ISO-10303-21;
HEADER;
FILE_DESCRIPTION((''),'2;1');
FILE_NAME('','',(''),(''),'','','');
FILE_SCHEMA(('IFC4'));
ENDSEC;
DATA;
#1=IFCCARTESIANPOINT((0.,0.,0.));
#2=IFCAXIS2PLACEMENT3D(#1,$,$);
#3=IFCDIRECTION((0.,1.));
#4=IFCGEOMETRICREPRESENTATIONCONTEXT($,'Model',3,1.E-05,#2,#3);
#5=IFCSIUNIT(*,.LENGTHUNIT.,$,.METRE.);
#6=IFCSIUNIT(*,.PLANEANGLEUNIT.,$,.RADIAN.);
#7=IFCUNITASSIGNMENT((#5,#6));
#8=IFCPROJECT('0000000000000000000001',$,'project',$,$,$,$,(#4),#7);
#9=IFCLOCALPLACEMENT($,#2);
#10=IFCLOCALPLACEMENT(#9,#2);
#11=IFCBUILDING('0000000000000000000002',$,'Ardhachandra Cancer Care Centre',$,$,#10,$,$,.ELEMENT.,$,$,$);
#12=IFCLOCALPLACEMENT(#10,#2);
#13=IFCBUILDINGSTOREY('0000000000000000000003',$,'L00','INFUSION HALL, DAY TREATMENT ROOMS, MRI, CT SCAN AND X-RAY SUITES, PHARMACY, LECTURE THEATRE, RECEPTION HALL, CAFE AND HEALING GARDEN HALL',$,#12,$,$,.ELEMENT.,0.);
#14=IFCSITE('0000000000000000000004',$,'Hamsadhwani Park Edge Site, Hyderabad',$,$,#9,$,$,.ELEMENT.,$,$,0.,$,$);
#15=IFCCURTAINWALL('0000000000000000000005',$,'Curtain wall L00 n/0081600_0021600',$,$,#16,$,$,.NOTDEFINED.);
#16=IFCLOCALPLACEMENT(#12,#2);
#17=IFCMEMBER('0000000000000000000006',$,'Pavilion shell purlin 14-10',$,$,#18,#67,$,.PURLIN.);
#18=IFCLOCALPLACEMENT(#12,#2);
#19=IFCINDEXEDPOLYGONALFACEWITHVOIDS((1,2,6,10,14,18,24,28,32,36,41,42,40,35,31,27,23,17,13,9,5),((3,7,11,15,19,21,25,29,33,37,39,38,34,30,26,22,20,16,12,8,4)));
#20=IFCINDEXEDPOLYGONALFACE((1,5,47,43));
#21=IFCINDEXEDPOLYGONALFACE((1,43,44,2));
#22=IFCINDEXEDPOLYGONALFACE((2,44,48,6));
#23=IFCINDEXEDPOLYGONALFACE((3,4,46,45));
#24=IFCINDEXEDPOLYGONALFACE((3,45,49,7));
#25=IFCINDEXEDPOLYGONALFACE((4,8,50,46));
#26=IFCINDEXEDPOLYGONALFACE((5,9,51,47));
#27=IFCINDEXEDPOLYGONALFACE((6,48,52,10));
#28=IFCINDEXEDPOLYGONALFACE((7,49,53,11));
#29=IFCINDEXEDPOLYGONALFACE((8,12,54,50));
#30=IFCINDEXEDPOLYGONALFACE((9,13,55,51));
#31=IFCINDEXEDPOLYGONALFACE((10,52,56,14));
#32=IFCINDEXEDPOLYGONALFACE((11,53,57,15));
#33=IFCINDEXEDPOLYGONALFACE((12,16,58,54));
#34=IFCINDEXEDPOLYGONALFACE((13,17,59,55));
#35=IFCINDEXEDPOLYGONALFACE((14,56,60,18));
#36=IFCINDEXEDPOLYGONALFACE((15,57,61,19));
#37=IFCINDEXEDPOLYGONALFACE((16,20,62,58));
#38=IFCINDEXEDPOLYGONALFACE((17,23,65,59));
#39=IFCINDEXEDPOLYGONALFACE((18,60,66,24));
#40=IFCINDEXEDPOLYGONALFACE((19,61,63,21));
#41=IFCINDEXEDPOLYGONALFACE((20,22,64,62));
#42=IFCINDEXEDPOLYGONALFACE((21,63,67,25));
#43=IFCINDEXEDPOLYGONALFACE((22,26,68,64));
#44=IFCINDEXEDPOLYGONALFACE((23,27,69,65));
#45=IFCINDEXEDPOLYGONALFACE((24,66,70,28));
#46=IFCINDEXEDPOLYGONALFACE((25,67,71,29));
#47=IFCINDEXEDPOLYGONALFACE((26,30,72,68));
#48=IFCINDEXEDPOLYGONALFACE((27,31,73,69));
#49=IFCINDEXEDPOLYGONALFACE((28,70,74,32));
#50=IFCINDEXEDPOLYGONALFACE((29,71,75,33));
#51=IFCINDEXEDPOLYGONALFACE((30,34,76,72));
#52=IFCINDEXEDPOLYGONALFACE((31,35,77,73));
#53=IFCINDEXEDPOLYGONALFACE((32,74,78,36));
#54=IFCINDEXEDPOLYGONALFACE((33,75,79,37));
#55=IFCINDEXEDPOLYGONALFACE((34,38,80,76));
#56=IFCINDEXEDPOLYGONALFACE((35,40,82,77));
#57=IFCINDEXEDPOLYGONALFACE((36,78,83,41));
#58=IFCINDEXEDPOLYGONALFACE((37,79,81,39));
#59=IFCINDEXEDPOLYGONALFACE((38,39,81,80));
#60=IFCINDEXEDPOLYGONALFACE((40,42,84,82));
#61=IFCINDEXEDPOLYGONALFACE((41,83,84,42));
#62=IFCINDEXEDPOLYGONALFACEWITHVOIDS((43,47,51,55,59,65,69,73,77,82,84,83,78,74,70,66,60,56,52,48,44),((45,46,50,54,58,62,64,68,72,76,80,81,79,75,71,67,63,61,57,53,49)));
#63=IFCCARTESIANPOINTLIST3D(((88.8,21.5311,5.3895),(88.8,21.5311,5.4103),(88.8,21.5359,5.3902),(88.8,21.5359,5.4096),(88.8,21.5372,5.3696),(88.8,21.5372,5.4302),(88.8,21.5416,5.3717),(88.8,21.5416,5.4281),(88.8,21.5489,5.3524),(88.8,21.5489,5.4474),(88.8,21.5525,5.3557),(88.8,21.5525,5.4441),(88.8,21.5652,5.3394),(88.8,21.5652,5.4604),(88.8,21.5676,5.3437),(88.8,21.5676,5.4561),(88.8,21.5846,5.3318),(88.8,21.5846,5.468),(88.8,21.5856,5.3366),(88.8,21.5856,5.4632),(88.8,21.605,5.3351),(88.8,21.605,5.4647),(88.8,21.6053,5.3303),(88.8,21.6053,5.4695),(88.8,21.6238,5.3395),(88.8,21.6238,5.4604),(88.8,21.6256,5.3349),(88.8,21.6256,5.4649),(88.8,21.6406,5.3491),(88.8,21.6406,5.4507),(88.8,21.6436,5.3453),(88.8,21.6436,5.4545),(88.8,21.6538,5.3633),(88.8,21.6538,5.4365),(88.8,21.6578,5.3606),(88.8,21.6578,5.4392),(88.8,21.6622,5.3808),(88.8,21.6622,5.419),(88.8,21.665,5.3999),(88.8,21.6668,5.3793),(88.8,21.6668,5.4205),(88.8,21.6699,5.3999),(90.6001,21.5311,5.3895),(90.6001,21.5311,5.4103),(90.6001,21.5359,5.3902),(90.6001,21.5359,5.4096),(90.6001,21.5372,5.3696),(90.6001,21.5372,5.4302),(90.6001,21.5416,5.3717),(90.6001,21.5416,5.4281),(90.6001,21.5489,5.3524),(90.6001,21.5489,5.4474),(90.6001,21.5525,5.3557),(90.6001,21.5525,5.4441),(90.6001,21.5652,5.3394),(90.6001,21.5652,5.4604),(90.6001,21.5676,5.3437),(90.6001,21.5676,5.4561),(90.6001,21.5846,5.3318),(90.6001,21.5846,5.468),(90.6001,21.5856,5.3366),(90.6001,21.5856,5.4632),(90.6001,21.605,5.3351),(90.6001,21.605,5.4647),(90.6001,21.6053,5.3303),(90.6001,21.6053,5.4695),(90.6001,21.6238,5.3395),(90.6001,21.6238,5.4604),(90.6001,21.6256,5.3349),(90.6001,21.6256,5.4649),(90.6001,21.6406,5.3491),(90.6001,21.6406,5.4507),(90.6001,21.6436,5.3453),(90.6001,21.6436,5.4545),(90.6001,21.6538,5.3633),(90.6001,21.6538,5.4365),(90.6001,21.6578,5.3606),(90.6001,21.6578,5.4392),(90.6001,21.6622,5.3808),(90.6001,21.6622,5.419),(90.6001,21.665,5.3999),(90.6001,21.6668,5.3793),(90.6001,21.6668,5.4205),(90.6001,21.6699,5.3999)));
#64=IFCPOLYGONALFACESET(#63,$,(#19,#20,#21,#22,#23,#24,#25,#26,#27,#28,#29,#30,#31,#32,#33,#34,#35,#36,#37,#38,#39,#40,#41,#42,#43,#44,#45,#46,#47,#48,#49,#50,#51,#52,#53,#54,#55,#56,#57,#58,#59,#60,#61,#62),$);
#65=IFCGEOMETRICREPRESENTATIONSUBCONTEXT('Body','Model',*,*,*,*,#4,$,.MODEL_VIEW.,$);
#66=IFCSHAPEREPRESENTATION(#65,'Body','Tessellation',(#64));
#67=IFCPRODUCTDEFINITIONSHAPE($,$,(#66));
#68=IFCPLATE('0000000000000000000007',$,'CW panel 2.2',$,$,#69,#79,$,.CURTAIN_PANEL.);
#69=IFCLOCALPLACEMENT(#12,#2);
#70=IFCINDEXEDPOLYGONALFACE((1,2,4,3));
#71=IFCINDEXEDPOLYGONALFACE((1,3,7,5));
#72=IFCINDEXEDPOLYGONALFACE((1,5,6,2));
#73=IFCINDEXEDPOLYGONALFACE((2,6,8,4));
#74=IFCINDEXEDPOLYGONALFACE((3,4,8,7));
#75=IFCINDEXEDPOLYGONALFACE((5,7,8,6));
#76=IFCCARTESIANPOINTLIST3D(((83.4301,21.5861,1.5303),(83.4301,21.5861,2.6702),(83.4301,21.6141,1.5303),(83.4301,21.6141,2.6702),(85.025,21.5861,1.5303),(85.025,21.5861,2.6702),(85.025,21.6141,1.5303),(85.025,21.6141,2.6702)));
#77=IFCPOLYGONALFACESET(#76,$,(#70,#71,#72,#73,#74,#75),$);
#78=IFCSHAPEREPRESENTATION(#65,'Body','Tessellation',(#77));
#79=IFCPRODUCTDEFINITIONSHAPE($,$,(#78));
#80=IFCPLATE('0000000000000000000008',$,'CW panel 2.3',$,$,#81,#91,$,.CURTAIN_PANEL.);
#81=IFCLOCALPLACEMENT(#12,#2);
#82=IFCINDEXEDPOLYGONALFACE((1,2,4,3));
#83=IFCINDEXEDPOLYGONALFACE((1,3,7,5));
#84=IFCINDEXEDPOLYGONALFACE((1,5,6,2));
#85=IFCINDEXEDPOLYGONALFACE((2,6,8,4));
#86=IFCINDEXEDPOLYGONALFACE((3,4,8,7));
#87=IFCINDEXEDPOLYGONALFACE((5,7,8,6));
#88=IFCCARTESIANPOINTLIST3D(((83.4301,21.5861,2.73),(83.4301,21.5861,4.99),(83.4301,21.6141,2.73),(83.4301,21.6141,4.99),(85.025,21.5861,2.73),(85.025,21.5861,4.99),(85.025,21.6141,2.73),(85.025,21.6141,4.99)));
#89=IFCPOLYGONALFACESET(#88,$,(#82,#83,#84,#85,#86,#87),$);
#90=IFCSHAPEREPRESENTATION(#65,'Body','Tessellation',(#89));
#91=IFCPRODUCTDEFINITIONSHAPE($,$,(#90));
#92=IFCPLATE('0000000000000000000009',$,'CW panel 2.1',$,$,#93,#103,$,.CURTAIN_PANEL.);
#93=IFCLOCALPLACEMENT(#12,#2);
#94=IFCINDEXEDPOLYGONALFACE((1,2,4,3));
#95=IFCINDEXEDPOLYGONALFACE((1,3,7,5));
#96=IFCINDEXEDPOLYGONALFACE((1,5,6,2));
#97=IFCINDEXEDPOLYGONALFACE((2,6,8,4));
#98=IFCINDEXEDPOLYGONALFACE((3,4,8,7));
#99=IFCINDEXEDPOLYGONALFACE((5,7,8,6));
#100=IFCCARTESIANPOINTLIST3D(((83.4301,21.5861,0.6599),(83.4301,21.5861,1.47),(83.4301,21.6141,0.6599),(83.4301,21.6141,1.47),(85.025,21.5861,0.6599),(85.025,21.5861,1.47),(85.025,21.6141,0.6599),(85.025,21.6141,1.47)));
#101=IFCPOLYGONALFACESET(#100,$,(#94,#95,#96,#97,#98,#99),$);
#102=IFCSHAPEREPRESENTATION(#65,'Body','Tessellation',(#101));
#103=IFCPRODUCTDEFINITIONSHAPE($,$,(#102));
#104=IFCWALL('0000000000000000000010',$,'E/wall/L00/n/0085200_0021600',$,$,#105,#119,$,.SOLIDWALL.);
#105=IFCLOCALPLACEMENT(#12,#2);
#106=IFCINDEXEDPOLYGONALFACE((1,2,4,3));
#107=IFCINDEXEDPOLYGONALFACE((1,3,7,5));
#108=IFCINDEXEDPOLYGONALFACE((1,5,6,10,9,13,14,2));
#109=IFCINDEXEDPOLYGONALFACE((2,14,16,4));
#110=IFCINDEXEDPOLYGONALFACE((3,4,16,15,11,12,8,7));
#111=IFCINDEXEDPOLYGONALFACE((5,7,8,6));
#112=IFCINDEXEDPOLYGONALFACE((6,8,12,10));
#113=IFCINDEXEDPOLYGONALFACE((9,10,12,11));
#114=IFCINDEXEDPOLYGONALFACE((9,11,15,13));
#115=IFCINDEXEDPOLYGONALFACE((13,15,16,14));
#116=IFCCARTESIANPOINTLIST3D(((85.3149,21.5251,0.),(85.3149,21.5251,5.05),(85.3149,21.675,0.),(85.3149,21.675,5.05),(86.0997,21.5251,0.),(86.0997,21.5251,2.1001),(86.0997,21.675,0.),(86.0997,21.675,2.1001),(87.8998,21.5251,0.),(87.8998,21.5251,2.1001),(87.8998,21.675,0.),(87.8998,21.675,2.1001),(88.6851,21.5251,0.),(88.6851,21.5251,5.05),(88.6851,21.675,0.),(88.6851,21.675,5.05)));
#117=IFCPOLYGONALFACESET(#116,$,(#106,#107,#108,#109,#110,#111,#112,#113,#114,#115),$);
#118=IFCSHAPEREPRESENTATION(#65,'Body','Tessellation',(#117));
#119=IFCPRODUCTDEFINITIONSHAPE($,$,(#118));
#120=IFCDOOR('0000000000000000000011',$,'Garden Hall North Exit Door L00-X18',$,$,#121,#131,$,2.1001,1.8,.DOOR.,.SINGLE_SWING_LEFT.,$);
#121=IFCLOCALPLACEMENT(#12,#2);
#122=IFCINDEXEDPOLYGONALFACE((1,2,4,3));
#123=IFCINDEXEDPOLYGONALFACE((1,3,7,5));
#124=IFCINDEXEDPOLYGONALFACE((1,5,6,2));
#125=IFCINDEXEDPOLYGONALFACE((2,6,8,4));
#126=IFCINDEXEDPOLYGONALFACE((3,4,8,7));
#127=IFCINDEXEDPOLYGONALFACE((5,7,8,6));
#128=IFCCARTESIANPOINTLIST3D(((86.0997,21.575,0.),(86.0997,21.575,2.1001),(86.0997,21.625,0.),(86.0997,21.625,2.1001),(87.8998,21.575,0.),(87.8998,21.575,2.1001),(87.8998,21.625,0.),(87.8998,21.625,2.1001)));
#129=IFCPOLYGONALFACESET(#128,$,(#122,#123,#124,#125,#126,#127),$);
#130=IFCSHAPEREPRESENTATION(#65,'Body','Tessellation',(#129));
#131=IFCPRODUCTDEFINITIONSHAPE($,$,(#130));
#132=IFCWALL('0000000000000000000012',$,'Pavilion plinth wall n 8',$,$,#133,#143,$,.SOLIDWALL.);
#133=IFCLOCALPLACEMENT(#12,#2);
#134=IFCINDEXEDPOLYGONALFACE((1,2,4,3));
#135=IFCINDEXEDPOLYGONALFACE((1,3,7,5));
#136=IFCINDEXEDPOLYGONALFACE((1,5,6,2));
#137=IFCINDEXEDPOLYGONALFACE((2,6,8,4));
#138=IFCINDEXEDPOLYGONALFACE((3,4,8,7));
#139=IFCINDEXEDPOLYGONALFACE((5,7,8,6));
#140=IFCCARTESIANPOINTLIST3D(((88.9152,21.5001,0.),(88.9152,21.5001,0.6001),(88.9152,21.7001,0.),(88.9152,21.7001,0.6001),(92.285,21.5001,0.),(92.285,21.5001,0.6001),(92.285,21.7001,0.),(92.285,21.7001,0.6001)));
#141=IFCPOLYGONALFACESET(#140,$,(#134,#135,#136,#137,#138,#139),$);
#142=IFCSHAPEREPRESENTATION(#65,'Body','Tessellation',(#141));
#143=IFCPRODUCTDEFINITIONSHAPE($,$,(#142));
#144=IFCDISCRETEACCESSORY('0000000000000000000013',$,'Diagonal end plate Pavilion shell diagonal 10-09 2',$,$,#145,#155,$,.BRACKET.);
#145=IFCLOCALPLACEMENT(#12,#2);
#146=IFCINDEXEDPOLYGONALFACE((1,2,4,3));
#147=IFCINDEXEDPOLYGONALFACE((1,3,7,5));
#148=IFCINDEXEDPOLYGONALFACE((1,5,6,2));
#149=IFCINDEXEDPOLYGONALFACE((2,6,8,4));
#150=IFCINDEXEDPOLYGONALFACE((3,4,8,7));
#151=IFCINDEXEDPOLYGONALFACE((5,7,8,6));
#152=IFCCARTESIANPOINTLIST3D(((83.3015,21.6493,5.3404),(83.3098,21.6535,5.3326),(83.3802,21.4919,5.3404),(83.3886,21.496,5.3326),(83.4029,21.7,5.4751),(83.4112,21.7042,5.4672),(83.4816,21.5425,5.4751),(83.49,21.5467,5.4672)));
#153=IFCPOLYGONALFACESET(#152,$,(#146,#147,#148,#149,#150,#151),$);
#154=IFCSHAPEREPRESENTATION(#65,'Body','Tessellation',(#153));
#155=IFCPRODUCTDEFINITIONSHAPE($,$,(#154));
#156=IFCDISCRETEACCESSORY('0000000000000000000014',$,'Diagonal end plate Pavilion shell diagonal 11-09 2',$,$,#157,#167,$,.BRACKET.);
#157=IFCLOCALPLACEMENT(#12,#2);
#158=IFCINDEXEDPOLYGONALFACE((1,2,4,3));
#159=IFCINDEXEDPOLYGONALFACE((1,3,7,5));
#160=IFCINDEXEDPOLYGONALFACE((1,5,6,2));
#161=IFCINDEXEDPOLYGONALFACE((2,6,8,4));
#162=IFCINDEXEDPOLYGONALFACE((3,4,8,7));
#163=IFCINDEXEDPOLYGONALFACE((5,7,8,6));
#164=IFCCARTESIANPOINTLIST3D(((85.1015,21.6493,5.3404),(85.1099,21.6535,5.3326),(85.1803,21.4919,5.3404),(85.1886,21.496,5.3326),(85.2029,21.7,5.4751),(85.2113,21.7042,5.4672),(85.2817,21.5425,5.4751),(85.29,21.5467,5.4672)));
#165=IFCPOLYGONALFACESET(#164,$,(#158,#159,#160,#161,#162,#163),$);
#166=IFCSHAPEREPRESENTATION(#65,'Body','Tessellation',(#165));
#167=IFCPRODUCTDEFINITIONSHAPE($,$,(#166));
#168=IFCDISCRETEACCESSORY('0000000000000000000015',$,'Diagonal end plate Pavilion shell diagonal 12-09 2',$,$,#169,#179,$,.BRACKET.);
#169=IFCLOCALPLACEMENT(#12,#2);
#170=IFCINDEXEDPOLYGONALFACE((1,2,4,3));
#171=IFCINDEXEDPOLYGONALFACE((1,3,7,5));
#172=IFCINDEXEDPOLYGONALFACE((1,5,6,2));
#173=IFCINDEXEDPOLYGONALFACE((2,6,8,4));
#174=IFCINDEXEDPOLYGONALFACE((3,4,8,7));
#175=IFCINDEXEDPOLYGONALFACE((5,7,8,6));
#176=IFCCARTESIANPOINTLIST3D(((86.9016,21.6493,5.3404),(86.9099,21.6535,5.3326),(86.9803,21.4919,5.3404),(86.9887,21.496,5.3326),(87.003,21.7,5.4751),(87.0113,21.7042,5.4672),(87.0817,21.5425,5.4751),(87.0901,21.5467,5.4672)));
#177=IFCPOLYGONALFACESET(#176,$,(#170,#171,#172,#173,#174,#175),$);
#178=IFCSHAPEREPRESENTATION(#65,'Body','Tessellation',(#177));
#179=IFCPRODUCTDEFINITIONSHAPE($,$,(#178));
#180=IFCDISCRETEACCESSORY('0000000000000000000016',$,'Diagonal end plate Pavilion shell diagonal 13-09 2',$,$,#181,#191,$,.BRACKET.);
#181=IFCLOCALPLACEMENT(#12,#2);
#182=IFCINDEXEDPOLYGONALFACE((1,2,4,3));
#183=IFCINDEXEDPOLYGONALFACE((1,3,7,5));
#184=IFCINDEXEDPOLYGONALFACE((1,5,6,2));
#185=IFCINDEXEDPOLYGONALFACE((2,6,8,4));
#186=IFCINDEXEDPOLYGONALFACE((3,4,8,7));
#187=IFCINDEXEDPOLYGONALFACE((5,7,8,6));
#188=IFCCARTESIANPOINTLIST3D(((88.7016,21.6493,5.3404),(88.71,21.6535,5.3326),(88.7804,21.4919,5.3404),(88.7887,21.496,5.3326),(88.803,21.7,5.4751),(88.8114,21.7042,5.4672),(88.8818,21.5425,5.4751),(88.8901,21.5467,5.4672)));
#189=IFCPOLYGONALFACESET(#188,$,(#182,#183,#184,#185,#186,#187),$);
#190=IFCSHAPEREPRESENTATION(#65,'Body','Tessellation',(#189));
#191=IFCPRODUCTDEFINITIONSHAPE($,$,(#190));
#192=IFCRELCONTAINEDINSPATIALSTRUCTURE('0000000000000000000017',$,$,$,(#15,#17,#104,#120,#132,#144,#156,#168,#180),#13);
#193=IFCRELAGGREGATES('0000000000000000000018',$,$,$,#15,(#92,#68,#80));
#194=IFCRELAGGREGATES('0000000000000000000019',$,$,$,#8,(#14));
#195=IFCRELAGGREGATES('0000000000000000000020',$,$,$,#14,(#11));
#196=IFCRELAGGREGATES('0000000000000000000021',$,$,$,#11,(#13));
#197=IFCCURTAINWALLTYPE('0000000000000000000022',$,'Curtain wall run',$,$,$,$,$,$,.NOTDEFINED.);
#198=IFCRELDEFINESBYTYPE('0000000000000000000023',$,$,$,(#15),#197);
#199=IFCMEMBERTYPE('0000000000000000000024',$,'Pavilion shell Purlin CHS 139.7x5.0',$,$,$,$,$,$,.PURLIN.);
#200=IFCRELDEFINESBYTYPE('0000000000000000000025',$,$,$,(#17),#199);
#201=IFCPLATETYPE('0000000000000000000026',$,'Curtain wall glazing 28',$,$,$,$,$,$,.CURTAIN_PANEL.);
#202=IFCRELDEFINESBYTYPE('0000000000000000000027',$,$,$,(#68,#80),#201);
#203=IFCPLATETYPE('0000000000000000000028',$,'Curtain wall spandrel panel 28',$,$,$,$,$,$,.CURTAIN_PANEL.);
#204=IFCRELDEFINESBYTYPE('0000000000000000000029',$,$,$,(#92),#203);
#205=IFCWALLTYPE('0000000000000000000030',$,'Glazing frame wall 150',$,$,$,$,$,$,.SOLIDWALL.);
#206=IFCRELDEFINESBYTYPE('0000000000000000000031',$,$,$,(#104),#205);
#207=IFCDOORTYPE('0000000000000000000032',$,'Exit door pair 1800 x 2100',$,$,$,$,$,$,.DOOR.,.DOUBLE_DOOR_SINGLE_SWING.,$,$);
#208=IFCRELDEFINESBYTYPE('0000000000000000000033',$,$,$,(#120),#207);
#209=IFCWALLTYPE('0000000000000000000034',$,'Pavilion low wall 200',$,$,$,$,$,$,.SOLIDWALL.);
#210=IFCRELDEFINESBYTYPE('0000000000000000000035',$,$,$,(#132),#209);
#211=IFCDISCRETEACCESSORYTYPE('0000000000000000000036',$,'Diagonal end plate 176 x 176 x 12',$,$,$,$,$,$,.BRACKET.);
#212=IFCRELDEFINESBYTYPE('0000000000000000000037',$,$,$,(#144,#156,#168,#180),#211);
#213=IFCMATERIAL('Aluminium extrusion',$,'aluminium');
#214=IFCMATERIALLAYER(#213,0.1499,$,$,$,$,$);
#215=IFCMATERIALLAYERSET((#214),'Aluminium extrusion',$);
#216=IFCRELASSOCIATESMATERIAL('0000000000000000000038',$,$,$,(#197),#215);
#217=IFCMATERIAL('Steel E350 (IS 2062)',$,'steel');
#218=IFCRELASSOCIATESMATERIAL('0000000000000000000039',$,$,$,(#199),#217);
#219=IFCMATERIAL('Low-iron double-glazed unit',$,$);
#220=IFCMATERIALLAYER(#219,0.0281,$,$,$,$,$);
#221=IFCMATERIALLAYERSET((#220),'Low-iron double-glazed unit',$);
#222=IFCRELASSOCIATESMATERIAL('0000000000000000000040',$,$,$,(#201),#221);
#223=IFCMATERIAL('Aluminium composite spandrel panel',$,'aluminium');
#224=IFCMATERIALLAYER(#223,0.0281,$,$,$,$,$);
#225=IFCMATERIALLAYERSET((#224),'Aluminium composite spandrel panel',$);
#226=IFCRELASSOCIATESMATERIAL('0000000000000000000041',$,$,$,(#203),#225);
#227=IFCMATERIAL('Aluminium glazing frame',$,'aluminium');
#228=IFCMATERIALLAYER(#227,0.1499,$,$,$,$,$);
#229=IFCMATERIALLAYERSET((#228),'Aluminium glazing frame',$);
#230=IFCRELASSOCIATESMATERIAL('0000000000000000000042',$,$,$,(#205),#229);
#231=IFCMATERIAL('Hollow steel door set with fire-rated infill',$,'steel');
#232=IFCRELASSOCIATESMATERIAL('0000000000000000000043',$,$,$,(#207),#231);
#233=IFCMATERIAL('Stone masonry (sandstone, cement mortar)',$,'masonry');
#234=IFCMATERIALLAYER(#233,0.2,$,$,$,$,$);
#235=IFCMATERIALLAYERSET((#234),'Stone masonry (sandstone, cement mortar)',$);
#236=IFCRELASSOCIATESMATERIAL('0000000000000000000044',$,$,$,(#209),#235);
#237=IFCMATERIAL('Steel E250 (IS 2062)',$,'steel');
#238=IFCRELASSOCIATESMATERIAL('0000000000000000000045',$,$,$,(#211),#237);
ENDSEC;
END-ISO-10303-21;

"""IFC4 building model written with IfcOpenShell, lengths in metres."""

from ifc_helpers import new_model, si_unit, direction, frame, frame_2d, origin, origin_2d, place, context, subcontext, project, spatial, rectangle, hollow_circle, extrude, material, layer, layer_set, material_profile, profile_set, type_object, element, fill, aggregate, save


model = new_model("IFC4")

# Units and contexts
model_context = context("Model", 3, precision=1e-05, world=origin(), true_north=direction((0.0, 1.0)))
body_context = subcontext(model_context, "Body", "Model", "MODEL_VIEW")
ifc_project = project(units=[si_unit("LENGTHUNIT", "METRE"), si_unit("PLANEANGLEUNIT", "RADIAN")], contexts=[model_context])

# Site, building, storey
site_placement = place(None, origin())
site = spatial("IfcSite", under=ifc_project, at=site_placement, Name="Hamsadhwani Park Edge Site, Hyderabad", CompositionType="ELEMENT", RefElevation=0.0)
building_placement = place(site_placement, origin())
building = spatial("IfcBuilding", under=site, at=building_placement, Name="Ardhachandra Cancer Care Centre", CompositionType="ELEMENT")
storey_placement = place(building_placement, origin())
storey = spatial("IfcBuildingStorey", under=building, at=storey_placement, Name="L00", Description="INFUSION HALL, DAY TREATMENT ROOMS, MRI, CT SCAN AND X-RAY SUITES, PHARMACY, LECTURE THEATRE, RECEPTION HALL, CAFE AND HEALING GARDEN HALL", CompositionType="ELEMENT", Elevation=0.0)

# Curtain wall
ifc_material_1 = material(Name="Aluminium extrusion", Category="aluminium")
ifc_layer_1 = layer(ifc_material_1, 0.1499)
ifc_layer_set_1 = layer_set([ifc_layer_1], Name="Aluminium extrusion")
curtain_wall_type = type_object("IfcCurtainWallType", Name="Curtain wall run", PredefinedType="NOTDEFINED", material=ifc_layer_set_1)
curtain_wall_1_placement = place(storey_placement, origin())
curtain_wall_1 = element("IfcCurtainWall", 1, at=curtain_wall_1_placement, inside=storey, type_object=curtain_wall_type, Name="Curtain wall L00 n/0081600_0021600", PredefinedType="NOTDEFINED")

# Member
ifc_material_2 = material(Name="Steel E350 (IS 2062)", Category="steel")
ifc_material_profile_1 = material_profile(ifc_material_2, hollow_circle(Radius=0.0698, WallThickness=0.0049, at=origin_2d()), Name="CHS 139.7x5.0")
ifc_profile_set_1 = profile_set([ifc_material_profile_1], Name="Steel E350 (IS 2062)")
member_type_1 = type_object("IfcMemberType", Name="Pavilion shell Purlin CHS 139.7x5.0", PredefinedType="PURLIN", material=ifc_profile_set_1)
for number, where, z_axis, x_axis, name in (
    (2, (88.8, 21.6001, 5.3999), (1.0, 0.0, 0.0), (0.0, 1.0, 0.0), "Pavilion shell purlin 14-10"),
):
    element("IfcMember", number, at=place(storey_placement, frame(where, z_axis=z_axis, x_axis=x_axis)), inside=storey, type_object=member_type_1, Name=name, PredefinedType="PURLIN", context=body_context, shape_type="SweptSolid", body=[
        extrude(hollow_circle(Radius=0.0698, WallThickness=0.0049, at=origin_2d()), origin(), (0.0, 0.0, 1.0), 1.8),
    ])

# Plates
ifc_material_3 = material(Name="Low-iron double-glazed unit")
ifc_layer_2 = layer(ifc_material_3, 0.0281)
ifc_layer_set_2 = layer_set([ifc_layer_2], Name="Low-iron double-glazed unit")
plate_type_1 = type_object("IfcPlateType", Name="Curtain wall glazing 28", PredefinedType="CURTAIN_PANEL", material=ifc_layer_set_2)
plate_1_placement = place(storey_placement, frame((84.2275, 21.6001, 1.5303), z_axis=(0.0, 0.0, 1.0), x_axis=(1.0, 0.0, 0.0)))
plate_1 = element("IfcPlate", 3, at=plate_1_placement, type_object=plate_type_1, Name="CW panel 2.2", PredefinedType="CURTAIN_PANEL", context=body_context, shape_type="SweptSolid", body=[
    extrude(rectangle(XDim=1.595, YDim=0.0281, at=origin_2d()), origin(), (0.0, 0.0, 1.0), 1.1399),
])
plate_2_placement = place(storey_placement, frame((84.2275, 21.6001, 2.73), z_axis=(0.0, 0.0, 1.0), x_axis=(1.0, 0.0, 0.0)))
plate_2 = element("IfcPlate", 4, at=plate_2_placement, type_object=plate_type_1, Name="CW panel 2.3", PredefinedType="CURTAIN_PANEL", context=body_context, shape_type="SweptSolid", body=[
    extrude(rectangle(XDim=1.595, YDim=0.0281, at=origin_2d()), origin(), (0.0, 0.0, 1.0), 2.26),
])
ifc_material_4 = material(Name="Aluminium composite spandrel panel", Category="aluminium")
ifc_layer_3 = layer(ifc_material_4, 0.0281)
ifc_layer_set_3 = layer_set([ifc_layer_3], Name="Aluminium composite spandrel panel")
plate_type_2 = type_object("IfcPlateType", Name="Curtain wall spandrel panel 28", PredefinedType="CURTAIN_PANEL", material=ifc_layer_set_3)
plate_3_placement = place(storey_placement, frame((84.2275, 21.6001, 0.6599), z_axis=(0.0, 0.0, 1.0), x_axis=(1.0, 0.0, 0.0)))
plate_3 = element("IfcPlate", 5, at=plate_3_placement, type_object=plate_type_2, Name="CW panel 2.1", PredefinedType="CURTAIN_PANEL", context=body_context, shape_type="SweptSolid", body=[
    extrude(rectangle(XDim=1.595, YDim=0.0281, at=origin_2d()), origin(), (0.0, 0.0, 1.0), 0.8101),
])
aggregate(curtain_wall_1, [plate_3, plate_1, plate_2])

# Wall, opening, door
ifc_material_5 = material(Name="Aluminium glazing frame", Category="aluminium")
ifc_layer_4 = layer(ifc_material_5, 0.1499)
ifc_layer_set_4 = layer_set([ifc_layer_4], Name="Aluminium glazing frame")
wall_type_1 = type_object("IfcWallType", Name="Glazing frame wall 150", PredefinedType="SOLIDWALL", material=ifc_layer_set_4)
wall_1_placement = place(storey_placement, frame((85.3149, 21.6001, 0.0), z_axis=(0.0, 0.0, 1.0), x_axis=(1.0, 0.0, 0.0)))
wall_1 = element("IfcWall", 6, at=wall_1_placement, inside=storey, type_object=wall_type_1, Name="E/wall/L00/n/0085200_0021600", PredefinedType="SOLIDWALL", context=body_context, shape_type="SweptSolid", body=[
    extrude(rectangle(XDim=3.3701, YDim=0.1499, at=frame_2d((1.6851, 0.0))), origin(), (0.0, 0.0, 1.0), 5.05),
])
opening_placement = place(wall_1_placement, frame((0.7849, 0.0, 0.0)))
opening = element("IfcOpeningElement", 7, at=opening_placement, cuts=wall_1, PredefinedType="OPENING", context=body_context, shape_type="SweptSolid", body=[
    extrude(rectangle(XDim=1.8, YDim=2.1001, at=frame_2d((0.8999, 1.05))), frame((0.0, 0.085, 0.0), z_axis=(0.0, -1.0, 0.0), x_axis=(1.0, 0.0, 0.0)), (0.0, 0.0, 1.0), 0.1699),
])
ifc_material_6 = material(Name="Hollow steel door set with fire-rated infill", Category="steel")
door_type = type_object("IfcDoorType", Name="Exit door pair 1800 x 2100", OperationType="DOUBLE_DOOR_SINGLE_SWING", PredefinedType="DOOR", material=ifc_material_6)
door_placement = place(opening_placement, origin())
door = element("IfcDoor", 8, at=door_placement, inside=storey, type_object=door_type, Name="Garden Hall North Exit Door L00-X18", OperationType="SINGLE_SWING_LEFT", OverallHeight=2.1001, OverallWidth=1.8, PredefinedType="DOOR", context=body_context, shape_type="SweptSolid", body=[
    extrude(rectangle(XDim=1.8, YDim=2.1001, at=frame_2d((0.8999, 1.05))), frame((0.0, 0.0249, 0.0), z_axis=(0.0, -1.0, 0.0), x_axis=(1.0, 0.0, 0.0)), (0.0, 0.0, 1.0), 0.05),
])
fill(opening, door)

# Wall
ifc_material_7 = material(Name="Stone masonry (sandstone, cement mortar)", Category="masonry")
ifc_layer_5 = layer(ifc_material_7, 0.2)
ifc_layer_set_5 = layer_set([ifc_layer_5], Name="Stone masonry (sandstone, cement mortar)")
wall_type_2 = type_object("IfcWallType", Name="Pavilion low wall 200", PredefinedType="SOLIDWALL", material=ifc_layer_set_5)
wall_2_placement = place(storey_placement, frame((88.915, 21.6001, 0.0), z_axis=(0.0, 0.0, 1.0), x_axis=(1.0, 0.0, 0.0)))
element("IfcWall", 9, at=wall_2_placement, inside=storey, type_object=wall_type_2, Name="Pavilion plinth wall n 8", PredefinedType="SOLIDWALL", context=body_context, shape_type="SweptSolid", body=[
    extrude(rectangle(XDim=3.3699, YDim=0.2, at=frame_2d((1.6851, 0.0))), origin(), (0.0, 0.0, 1.0), 0.6001),
])

# Discrete accessories
ifc_material_8 = material(Name="Steel E250 (IS 2062)", Category="steel")
ifc_material_profile_2 = material_profile(ifc_material_8, rectangle(XDim=0.176, YDim=0.176, at=origin_2d()), Name="PL 176x176x12")
ifc_profile_set_2 = profile_set([ifc_material_profile_2], Name="Steel E250 (IS 2062)")
discrete_accessory_type = type_object("IfcDiscreteAccessoryType", Name="Diagonal end plate 176 x 176 x 12", PredefinedType="BRACKET", material=ifc_profile_set_2)
for number, where, z_axis, x_axis, name in (
    (10, (83.3999, 21.6001, 5.3999), (-0.684256, -0.342128, 0.644005), (0.447214, -0.894427, 0.0), "Diagonal end plate Pavilion shell diagonal 10-09 2"),
    (11, (85.2, 21.6001, 5.3999), (-0.684256, -0.342128, 0.644005), (0.447214, -0.894427, 0.0), "Diagonal end plate Pavilion shell diagonal 11-09 2"),
    (12, (87.0, 21.6001, 5.3999), (-0.684256, -0.342128, 0.644005), (0.447214, -0.894427, 0.0), "Diagonal end plate Pavilion shell diagonal 12-09 2"),
    (13, (88.8, 21.6001, 5.3999), (-0.684256, -0.342128, 0.644005), (0.447214, -0.894427, 0.0), "Diagonal end plate Pavilion shell diagonal 13-09 2"),
):
    element("IfcDiscreteAccessory", number, at=place(storey_placement, frame(where, z_axis=z_axis, x_axis=x_axis)), inside=storey, type_object=discrete_accessory_type, Name=name, PredefinedType="BRACKET", context=body_context, shape_type="SweptSolid", body=[
        extrude(rectangle(XDim=0.176, YDim=0.176, at=origin_2d()), origin(), (0.0, 0.0, 1.0), 0.0122),
    ])

save(model, "model.ifc")
